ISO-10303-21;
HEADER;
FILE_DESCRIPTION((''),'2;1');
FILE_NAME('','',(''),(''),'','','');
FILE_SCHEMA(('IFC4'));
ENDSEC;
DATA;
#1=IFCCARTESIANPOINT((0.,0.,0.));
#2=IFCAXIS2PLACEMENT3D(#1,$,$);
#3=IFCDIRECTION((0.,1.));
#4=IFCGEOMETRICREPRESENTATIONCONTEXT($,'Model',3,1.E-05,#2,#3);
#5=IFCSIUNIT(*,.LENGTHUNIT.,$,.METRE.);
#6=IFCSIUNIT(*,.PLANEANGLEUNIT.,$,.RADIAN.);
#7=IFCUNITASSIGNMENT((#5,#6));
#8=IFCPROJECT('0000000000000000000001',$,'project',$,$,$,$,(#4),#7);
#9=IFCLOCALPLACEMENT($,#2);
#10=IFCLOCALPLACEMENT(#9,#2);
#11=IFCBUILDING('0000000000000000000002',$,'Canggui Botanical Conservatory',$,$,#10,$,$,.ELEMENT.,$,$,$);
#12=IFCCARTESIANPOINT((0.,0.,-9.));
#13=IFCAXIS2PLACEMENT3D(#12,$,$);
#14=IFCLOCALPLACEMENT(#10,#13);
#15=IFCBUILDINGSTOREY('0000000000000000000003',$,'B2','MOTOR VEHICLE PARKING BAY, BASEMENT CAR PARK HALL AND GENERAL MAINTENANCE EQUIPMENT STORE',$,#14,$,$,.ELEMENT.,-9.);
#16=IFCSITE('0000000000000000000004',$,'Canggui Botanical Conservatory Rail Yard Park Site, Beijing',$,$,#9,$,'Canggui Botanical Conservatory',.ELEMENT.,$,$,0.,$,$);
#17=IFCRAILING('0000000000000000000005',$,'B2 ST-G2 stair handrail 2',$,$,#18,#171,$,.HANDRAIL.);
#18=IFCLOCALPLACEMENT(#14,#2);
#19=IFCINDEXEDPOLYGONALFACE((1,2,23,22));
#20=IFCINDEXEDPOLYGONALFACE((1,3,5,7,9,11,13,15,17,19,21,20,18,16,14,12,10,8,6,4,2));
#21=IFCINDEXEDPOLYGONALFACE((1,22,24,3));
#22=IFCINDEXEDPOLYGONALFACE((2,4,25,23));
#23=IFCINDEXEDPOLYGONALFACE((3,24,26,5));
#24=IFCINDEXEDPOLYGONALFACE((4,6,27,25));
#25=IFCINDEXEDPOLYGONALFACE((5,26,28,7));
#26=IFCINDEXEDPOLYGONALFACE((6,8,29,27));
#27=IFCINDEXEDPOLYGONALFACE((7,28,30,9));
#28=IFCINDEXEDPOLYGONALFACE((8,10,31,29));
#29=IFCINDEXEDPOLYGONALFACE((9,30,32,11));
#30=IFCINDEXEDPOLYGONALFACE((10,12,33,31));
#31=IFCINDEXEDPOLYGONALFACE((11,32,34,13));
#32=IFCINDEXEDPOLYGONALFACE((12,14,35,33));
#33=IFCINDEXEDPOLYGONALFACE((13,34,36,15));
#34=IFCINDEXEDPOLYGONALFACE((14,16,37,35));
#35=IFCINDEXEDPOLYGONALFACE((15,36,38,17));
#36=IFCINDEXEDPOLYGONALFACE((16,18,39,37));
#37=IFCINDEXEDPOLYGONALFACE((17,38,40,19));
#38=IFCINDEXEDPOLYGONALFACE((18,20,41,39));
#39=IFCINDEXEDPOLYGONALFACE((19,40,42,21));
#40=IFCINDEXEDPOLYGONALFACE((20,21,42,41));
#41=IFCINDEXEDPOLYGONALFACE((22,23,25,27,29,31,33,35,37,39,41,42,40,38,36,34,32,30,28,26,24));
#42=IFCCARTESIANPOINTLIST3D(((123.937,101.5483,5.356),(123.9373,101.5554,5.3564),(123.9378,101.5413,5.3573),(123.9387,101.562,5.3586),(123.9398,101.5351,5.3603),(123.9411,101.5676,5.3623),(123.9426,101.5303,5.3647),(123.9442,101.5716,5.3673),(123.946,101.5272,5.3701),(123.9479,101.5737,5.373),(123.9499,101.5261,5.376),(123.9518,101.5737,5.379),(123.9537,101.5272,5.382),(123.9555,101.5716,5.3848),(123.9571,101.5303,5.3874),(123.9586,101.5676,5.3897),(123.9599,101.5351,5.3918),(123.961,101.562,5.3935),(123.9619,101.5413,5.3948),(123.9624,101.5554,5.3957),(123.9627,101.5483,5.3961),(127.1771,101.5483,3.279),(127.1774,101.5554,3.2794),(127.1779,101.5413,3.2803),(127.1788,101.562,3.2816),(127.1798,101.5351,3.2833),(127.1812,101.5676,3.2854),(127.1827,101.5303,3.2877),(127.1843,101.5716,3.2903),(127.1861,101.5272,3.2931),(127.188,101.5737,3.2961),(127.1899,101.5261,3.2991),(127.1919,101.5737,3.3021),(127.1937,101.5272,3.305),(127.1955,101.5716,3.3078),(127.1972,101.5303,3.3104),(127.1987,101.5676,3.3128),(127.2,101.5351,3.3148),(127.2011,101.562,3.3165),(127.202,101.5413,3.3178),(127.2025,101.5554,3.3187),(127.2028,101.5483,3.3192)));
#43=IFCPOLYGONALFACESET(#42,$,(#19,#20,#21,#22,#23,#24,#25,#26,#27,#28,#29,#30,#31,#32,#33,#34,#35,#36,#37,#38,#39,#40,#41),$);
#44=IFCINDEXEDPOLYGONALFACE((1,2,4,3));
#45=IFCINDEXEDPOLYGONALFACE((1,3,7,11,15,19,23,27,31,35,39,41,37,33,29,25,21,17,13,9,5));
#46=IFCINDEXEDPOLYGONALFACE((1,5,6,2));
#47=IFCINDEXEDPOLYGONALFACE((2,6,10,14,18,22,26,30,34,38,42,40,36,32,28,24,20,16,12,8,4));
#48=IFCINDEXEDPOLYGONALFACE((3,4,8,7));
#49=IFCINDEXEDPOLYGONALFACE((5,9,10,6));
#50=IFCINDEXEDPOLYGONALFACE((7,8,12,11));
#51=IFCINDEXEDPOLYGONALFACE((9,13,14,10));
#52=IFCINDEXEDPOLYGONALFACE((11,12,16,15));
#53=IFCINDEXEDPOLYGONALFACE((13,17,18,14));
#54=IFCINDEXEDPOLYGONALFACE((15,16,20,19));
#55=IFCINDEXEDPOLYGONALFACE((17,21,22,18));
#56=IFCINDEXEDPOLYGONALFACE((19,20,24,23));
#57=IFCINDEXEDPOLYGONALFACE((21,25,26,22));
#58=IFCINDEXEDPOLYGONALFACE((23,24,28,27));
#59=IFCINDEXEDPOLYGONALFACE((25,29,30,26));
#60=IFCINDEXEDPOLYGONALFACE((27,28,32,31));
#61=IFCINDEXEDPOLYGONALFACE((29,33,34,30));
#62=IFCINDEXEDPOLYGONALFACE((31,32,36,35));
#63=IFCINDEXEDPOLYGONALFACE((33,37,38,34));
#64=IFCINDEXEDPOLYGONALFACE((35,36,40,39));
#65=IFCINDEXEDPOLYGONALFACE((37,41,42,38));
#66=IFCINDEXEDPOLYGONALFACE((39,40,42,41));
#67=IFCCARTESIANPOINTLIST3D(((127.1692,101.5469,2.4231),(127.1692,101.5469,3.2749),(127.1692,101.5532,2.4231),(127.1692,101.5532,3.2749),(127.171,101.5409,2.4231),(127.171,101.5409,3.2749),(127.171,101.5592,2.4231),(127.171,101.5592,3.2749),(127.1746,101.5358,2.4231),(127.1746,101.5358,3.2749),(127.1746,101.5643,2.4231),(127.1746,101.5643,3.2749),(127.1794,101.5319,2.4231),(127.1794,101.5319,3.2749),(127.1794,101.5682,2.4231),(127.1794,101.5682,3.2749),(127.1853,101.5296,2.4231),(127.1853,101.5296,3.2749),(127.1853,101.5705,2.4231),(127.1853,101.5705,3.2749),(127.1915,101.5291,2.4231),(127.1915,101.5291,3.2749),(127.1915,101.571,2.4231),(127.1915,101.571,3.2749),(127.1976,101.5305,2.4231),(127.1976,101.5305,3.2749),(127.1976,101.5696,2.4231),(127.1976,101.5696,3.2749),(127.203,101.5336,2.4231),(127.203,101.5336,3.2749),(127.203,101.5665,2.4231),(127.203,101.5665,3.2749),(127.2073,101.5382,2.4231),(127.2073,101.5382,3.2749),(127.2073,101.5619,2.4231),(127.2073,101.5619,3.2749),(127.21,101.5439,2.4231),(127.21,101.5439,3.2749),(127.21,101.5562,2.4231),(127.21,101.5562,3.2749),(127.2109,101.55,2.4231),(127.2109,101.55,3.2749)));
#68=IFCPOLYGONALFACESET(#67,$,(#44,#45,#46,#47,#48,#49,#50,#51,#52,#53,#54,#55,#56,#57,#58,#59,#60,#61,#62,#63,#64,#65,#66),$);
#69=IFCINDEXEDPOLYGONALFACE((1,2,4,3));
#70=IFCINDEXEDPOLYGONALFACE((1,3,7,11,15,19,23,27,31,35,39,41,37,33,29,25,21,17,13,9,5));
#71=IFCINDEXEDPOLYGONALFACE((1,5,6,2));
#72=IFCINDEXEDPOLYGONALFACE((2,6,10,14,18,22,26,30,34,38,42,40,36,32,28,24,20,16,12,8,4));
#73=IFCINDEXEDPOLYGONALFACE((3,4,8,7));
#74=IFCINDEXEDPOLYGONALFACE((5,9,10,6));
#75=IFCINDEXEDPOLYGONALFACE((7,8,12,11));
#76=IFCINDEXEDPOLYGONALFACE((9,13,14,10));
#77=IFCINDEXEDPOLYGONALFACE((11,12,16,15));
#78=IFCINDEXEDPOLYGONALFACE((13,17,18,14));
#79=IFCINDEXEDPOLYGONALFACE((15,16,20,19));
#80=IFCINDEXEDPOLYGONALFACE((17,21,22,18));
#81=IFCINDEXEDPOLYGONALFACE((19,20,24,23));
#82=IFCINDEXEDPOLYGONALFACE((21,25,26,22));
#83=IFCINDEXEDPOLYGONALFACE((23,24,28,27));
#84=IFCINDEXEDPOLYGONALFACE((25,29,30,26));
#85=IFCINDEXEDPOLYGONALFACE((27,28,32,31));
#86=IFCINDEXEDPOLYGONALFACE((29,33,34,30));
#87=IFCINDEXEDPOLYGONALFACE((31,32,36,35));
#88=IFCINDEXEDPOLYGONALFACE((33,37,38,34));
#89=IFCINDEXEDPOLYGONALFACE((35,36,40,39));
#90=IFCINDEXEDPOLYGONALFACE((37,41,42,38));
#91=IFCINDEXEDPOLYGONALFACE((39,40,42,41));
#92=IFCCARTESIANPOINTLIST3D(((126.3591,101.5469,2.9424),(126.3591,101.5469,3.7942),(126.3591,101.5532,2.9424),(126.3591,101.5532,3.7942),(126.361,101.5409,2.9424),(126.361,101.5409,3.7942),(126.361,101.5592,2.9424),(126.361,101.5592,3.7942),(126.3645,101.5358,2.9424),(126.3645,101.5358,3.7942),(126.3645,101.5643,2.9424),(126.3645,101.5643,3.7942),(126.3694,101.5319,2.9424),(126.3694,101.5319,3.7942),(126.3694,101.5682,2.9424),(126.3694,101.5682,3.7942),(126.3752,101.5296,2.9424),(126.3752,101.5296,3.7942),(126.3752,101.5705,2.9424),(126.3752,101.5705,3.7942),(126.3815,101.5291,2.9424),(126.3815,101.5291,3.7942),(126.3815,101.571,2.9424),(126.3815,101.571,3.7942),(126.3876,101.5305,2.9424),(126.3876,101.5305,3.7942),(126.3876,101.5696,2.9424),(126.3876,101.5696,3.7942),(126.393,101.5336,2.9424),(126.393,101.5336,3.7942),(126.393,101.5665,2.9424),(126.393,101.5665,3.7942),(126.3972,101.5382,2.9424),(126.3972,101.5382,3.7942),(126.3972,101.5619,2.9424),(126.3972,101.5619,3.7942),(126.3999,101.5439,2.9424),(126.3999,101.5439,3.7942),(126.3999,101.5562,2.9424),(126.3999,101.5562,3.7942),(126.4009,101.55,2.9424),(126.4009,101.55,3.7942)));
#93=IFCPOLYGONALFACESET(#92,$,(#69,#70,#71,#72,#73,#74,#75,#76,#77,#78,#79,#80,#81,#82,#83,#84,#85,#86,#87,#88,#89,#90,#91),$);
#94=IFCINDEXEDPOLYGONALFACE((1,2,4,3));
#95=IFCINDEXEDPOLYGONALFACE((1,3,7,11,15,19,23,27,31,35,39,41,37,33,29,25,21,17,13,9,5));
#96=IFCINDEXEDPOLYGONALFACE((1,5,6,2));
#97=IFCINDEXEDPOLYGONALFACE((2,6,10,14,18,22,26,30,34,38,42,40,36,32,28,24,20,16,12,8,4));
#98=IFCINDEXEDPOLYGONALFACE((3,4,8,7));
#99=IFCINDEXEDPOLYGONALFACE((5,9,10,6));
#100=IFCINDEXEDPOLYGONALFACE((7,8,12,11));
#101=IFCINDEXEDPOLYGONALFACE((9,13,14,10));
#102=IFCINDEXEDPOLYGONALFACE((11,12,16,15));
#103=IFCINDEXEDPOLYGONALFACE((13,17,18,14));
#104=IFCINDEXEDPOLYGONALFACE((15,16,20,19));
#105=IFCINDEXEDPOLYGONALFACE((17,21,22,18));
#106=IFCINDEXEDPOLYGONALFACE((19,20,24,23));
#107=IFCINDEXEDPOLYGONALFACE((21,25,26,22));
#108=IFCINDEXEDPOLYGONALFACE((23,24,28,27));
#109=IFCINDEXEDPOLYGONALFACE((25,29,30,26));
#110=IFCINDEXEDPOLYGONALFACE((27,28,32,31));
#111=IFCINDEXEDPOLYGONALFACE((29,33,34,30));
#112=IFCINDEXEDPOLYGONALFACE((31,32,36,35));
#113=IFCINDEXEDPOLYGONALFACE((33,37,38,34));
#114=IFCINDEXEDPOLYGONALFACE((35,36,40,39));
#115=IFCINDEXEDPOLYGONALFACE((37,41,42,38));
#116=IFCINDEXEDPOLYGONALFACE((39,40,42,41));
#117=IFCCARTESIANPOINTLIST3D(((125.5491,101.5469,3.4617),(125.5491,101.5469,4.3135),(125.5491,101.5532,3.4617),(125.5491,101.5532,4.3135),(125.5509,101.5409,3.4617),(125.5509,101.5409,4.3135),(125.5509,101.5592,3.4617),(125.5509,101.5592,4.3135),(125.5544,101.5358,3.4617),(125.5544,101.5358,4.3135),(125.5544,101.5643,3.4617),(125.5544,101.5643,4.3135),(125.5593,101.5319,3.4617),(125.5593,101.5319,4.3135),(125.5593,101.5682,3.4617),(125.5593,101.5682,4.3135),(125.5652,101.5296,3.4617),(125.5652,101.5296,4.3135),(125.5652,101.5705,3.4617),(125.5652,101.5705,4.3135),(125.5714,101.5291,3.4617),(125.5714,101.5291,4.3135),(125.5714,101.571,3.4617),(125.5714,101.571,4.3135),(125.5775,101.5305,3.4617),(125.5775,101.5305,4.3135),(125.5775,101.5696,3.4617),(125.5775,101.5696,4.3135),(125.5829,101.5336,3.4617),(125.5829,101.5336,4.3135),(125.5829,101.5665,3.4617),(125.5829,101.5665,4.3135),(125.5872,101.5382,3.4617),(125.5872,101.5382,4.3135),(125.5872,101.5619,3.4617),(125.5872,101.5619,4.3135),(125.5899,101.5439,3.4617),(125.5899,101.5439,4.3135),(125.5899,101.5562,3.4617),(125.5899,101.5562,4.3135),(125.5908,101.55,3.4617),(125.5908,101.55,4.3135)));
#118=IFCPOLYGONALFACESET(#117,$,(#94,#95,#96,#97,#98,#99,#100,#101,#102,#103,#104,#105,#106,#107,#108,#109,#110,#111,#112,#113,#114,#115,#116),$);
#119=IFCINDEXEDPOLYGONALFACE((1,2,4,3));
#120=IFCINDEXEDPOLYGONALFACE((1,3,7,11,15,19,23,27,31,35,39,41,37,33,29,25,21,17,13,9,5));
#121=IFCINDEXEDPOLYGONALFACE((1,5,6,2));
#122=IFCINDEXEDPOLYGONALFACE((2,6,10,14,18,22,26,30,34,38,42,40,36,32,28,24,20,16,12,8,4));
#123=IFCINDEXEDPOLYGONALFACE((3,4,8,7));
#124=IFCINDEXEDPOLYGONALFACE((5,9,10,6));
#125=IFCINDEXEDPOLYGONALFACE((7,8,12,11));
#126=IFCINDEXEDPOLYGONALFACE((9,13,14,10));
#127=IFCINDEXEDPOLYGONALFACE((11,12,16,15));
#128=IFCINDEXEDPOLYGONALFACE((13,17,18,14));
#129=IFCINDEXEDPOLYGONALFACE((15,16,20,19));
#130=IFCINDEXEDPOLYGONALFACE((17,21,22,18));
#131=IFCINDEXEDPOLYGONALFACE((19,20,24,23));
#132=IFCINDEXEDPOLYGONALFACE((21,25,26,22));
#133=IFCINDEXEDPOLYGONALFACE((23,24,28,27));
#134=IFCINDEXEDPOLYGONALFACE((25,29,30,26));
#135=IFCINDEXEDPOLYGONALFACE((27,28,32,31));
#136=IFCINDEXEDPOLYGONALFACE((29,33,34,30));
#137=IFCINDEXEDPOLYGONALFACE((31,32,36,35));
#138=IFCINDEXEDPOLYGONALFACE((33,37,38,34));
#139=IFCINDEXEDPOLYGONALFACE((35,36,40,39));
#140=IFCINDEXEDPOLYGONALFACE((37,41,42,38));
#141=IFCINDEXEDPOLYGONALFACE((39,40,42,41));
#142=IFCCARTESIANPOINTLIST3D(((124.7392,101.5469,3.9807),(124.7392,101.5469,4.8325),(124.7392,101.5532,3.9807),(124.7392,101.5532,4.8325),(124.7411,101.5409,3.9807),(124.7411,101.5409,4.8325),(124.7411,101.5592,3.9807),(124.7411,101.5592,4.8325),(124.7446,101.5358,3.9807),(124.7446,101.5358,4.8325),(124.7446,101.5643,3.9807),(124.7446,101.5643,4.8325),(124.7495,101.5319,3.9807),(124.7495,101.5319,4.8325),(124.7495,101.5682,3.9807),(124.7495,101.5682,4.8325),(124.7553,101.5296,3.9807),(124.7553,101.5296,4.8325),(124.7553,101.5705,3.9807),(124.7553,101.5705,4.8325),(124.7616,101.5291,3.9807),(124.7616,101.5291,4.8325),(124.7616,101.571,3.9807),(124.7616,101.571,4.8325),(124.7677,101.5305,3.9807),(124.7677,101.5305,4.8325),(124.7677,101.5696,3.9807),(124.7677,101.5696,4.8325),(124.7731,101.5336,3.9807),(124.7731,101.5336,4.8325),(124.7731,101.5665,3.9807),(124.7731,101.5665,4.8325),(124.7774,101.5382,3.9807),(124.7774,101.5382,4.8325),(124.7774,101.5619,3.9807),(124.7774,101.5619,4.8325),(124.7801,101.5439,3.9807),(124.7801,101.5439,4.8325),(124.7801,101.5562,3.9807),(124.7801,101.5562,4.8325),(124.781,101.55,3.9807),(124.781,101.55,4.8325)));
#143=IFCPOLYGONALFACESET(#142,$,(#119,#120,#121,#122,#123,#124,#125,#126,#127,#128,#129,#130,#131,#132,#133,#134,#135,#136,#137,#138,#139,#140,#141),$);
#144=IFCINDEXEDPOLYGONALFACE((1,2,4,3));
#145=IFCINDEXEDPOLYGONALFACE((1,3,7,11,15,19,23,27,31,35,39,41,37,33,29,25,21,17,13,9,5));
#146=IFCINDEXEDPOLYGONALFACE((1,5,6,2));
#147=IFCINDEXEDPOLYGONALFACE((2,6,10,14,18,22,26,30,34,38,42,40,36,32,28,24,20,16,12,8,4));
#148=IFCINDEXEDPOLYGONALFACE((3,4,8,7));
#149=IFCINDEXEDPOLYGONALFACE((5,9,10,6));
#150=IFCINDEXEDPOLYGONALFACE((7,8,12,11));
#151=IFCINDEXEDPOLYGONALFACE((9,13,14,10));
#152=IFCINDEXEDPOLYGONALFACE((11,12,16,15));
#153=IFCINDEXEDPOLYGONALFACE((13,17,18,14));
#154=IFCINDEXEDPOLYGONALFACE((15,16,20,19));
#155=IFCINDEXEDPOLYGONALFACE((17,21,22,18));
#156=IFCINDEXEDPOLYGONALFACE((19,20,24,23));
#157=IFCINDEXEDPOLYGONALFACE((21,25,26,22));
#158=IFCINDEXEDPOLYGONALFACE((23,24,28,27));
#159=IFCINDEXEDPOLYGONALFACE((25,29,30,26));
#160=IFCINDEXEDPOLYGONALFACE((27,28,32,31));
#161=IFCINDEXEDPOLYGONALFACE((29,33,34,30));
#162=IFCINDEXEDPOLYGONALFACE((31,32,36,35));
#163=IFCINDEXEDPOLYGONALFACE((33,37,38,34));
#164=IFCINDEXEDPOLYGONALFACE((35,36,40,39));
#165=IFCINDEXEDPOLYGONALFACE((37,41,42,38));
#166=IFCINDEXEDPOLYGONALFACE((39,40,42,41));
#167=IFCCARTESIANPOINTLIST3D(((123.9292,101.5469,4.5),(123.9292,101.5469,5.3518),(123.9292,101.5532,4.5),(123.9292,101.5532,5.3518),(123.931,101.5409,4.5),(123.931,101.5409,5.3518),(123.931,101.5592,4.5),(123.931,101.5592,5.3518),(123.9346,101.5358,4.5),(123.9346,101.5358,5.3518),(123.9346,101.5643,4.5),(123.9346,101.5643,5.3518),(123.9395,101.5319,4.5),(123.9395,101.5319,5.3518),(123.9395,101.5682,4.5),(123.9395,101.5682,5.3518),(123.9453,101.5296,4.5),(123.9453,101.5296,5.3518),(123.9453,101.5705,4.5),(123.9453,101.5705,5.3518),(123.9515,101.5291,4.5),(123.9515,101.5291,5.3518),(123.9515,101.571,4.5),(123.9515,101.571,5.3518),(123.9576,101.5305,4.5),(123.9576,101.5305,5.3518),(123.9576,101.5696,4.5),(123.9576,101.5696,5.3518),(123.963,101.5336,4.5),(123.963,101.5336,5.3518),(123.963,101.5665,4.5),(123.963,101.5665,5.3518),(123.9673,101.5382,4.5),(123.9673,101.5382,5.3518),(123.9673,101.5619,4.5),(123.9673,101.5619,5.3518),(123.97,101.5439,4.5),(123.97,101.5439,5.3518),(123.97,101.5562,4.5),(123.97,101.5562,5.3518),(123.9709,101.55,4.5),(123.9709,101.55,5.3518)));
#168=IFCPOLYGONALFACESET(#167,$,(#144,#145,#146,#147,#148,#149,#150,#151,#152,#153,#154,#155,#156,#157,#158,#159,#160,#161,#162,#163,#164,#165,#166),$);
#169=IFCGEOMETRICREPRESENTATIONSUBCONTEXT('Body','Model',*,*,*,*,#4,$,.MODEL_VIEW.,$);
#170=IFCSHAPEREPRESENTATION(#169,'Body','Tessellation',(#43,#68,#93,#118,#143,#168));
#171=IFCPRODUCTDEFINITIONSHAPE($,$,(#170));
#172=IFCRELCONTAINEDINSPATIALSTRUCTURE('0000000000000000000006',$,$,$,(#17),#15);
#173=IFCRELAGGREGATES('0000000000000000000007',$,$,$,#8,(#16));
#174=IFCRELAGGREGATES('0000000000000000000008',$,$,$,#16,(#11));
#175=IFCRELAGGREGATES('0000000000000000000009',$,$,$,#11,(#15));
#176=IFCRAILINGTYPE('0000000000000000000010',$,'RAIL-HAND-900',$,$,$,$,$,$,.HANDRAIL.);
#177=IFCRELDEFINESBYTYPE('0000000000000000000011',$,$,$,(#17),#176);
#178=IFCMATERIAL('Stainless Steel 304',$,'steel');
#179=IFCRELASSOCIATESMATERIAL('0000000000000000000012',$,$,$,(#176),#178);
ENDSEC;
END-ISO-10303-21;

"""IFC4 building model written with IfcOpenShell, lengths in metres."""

from ifc_helpers import new_model, si_unit, direction, frame, origin, origin_2d, place, context, subcontext, project, spatial, circle, extrude, material, type_object, element, save


model = new_model("IFC4")

# Units and contexts
model_context = context("Model", 3, precision=1e-05, world=origin(), true_north=direction((0.0, 1.0)))
body_context = subcontext(model_context, "Body", "Model", "MODEL_VIEW")
ifc_project = project(units=[si_unit("LENGTHUNIT", "METRE"), si_unit("PLANEANGLEUNIT", "RADIAN")], contexts=[model_context])

# Site, building, storey
site_placement = place(None, origin())
site = spatial("IfcSite", under=ifc_project, at=site_placement, Name="Canggui Botanical Conservatory Rail Yard Park Site, Beijing", LongName="Canggui Botanical Conservatory", CompositionType="ELEMENT", RefElevation=0.0)
building_placement = place(site_placement, origin())
building = spatial("IfcBuilding", under=site, at=building_placement, Name="Canggui Botanical Conservatory", CompositionType="ELEMENT")
storey_placement = place(building_placement, frame((0.0, 0.0, -9.0)))
storey = spatial("IfcBuildingStorey", under=building, at=storey_placement, Name="B2", Description="MOTOR VEHICLE PARKING BAY, BASEMENT CAR PARK HALL AND GENERAL MAINTENANCE EQUIPMENT STORE", CompositionType="ELEMENT", Elevation=-9.0)

# Railing
ifc_material_1 = material(Name="Stainless Steel 304", Category="steel")
railing_type_1 = type_object("IfcRailingType", Name="RAIL-HAND-900", PredefinedType="HANDRAIL", material=ifc_material_1)
railing_1_placement = place(storey_placement, frame((127.1899, 101.55, 2.4231)))
element("IfcRailing", 1, at=railing_1_placement, inside=storey, type_object=railing_type_1, Name="B2 ST-G2 stair handrail 2", PredefinedType="HANDRAIL", context=body_context, shape_type="SweptSolid", body=[
    extrude(circle(Radius=0.0239, at=origin_2d()), frame((0.0, 0.0, 0.876), z_axis=(-0.841881, 0.0, 0.539664), x_axis=(0.0, -1.0, 0.0)), (0.0, 0.0, 1.0), 3.8486),
    extrude(circle(Radius=0.021, at=origin_2d()), origin(), (0.0, 0.0, 1.0), 0.8518),
    extrude(circle(Radius=0.021, at=origin_2d()), frame((-0.8101, 0.0, 0.5193)), (0.0, 0.0, 1.0), 0.8518),
    extrude(circle(Radius=0.021, at=origin_2d()), frame((-1.6201, 0.0, 1.0386)), (0.0, 0.0, 1.0), 0.8518),
    extrude(circle(Radius=0.021, at=origin_2d()), frame((-2.4299, 0.0, 1.5576)), (0.0, 0.0, 1.0), 0.8518),
    extrude(circle(Radius=0.021, at=origin_2d()), frame((-3.24, 0.0, 2.0769)), (0.0, 0.0, 1.0), 0.8518),
])

save(model, "model.ifc")
